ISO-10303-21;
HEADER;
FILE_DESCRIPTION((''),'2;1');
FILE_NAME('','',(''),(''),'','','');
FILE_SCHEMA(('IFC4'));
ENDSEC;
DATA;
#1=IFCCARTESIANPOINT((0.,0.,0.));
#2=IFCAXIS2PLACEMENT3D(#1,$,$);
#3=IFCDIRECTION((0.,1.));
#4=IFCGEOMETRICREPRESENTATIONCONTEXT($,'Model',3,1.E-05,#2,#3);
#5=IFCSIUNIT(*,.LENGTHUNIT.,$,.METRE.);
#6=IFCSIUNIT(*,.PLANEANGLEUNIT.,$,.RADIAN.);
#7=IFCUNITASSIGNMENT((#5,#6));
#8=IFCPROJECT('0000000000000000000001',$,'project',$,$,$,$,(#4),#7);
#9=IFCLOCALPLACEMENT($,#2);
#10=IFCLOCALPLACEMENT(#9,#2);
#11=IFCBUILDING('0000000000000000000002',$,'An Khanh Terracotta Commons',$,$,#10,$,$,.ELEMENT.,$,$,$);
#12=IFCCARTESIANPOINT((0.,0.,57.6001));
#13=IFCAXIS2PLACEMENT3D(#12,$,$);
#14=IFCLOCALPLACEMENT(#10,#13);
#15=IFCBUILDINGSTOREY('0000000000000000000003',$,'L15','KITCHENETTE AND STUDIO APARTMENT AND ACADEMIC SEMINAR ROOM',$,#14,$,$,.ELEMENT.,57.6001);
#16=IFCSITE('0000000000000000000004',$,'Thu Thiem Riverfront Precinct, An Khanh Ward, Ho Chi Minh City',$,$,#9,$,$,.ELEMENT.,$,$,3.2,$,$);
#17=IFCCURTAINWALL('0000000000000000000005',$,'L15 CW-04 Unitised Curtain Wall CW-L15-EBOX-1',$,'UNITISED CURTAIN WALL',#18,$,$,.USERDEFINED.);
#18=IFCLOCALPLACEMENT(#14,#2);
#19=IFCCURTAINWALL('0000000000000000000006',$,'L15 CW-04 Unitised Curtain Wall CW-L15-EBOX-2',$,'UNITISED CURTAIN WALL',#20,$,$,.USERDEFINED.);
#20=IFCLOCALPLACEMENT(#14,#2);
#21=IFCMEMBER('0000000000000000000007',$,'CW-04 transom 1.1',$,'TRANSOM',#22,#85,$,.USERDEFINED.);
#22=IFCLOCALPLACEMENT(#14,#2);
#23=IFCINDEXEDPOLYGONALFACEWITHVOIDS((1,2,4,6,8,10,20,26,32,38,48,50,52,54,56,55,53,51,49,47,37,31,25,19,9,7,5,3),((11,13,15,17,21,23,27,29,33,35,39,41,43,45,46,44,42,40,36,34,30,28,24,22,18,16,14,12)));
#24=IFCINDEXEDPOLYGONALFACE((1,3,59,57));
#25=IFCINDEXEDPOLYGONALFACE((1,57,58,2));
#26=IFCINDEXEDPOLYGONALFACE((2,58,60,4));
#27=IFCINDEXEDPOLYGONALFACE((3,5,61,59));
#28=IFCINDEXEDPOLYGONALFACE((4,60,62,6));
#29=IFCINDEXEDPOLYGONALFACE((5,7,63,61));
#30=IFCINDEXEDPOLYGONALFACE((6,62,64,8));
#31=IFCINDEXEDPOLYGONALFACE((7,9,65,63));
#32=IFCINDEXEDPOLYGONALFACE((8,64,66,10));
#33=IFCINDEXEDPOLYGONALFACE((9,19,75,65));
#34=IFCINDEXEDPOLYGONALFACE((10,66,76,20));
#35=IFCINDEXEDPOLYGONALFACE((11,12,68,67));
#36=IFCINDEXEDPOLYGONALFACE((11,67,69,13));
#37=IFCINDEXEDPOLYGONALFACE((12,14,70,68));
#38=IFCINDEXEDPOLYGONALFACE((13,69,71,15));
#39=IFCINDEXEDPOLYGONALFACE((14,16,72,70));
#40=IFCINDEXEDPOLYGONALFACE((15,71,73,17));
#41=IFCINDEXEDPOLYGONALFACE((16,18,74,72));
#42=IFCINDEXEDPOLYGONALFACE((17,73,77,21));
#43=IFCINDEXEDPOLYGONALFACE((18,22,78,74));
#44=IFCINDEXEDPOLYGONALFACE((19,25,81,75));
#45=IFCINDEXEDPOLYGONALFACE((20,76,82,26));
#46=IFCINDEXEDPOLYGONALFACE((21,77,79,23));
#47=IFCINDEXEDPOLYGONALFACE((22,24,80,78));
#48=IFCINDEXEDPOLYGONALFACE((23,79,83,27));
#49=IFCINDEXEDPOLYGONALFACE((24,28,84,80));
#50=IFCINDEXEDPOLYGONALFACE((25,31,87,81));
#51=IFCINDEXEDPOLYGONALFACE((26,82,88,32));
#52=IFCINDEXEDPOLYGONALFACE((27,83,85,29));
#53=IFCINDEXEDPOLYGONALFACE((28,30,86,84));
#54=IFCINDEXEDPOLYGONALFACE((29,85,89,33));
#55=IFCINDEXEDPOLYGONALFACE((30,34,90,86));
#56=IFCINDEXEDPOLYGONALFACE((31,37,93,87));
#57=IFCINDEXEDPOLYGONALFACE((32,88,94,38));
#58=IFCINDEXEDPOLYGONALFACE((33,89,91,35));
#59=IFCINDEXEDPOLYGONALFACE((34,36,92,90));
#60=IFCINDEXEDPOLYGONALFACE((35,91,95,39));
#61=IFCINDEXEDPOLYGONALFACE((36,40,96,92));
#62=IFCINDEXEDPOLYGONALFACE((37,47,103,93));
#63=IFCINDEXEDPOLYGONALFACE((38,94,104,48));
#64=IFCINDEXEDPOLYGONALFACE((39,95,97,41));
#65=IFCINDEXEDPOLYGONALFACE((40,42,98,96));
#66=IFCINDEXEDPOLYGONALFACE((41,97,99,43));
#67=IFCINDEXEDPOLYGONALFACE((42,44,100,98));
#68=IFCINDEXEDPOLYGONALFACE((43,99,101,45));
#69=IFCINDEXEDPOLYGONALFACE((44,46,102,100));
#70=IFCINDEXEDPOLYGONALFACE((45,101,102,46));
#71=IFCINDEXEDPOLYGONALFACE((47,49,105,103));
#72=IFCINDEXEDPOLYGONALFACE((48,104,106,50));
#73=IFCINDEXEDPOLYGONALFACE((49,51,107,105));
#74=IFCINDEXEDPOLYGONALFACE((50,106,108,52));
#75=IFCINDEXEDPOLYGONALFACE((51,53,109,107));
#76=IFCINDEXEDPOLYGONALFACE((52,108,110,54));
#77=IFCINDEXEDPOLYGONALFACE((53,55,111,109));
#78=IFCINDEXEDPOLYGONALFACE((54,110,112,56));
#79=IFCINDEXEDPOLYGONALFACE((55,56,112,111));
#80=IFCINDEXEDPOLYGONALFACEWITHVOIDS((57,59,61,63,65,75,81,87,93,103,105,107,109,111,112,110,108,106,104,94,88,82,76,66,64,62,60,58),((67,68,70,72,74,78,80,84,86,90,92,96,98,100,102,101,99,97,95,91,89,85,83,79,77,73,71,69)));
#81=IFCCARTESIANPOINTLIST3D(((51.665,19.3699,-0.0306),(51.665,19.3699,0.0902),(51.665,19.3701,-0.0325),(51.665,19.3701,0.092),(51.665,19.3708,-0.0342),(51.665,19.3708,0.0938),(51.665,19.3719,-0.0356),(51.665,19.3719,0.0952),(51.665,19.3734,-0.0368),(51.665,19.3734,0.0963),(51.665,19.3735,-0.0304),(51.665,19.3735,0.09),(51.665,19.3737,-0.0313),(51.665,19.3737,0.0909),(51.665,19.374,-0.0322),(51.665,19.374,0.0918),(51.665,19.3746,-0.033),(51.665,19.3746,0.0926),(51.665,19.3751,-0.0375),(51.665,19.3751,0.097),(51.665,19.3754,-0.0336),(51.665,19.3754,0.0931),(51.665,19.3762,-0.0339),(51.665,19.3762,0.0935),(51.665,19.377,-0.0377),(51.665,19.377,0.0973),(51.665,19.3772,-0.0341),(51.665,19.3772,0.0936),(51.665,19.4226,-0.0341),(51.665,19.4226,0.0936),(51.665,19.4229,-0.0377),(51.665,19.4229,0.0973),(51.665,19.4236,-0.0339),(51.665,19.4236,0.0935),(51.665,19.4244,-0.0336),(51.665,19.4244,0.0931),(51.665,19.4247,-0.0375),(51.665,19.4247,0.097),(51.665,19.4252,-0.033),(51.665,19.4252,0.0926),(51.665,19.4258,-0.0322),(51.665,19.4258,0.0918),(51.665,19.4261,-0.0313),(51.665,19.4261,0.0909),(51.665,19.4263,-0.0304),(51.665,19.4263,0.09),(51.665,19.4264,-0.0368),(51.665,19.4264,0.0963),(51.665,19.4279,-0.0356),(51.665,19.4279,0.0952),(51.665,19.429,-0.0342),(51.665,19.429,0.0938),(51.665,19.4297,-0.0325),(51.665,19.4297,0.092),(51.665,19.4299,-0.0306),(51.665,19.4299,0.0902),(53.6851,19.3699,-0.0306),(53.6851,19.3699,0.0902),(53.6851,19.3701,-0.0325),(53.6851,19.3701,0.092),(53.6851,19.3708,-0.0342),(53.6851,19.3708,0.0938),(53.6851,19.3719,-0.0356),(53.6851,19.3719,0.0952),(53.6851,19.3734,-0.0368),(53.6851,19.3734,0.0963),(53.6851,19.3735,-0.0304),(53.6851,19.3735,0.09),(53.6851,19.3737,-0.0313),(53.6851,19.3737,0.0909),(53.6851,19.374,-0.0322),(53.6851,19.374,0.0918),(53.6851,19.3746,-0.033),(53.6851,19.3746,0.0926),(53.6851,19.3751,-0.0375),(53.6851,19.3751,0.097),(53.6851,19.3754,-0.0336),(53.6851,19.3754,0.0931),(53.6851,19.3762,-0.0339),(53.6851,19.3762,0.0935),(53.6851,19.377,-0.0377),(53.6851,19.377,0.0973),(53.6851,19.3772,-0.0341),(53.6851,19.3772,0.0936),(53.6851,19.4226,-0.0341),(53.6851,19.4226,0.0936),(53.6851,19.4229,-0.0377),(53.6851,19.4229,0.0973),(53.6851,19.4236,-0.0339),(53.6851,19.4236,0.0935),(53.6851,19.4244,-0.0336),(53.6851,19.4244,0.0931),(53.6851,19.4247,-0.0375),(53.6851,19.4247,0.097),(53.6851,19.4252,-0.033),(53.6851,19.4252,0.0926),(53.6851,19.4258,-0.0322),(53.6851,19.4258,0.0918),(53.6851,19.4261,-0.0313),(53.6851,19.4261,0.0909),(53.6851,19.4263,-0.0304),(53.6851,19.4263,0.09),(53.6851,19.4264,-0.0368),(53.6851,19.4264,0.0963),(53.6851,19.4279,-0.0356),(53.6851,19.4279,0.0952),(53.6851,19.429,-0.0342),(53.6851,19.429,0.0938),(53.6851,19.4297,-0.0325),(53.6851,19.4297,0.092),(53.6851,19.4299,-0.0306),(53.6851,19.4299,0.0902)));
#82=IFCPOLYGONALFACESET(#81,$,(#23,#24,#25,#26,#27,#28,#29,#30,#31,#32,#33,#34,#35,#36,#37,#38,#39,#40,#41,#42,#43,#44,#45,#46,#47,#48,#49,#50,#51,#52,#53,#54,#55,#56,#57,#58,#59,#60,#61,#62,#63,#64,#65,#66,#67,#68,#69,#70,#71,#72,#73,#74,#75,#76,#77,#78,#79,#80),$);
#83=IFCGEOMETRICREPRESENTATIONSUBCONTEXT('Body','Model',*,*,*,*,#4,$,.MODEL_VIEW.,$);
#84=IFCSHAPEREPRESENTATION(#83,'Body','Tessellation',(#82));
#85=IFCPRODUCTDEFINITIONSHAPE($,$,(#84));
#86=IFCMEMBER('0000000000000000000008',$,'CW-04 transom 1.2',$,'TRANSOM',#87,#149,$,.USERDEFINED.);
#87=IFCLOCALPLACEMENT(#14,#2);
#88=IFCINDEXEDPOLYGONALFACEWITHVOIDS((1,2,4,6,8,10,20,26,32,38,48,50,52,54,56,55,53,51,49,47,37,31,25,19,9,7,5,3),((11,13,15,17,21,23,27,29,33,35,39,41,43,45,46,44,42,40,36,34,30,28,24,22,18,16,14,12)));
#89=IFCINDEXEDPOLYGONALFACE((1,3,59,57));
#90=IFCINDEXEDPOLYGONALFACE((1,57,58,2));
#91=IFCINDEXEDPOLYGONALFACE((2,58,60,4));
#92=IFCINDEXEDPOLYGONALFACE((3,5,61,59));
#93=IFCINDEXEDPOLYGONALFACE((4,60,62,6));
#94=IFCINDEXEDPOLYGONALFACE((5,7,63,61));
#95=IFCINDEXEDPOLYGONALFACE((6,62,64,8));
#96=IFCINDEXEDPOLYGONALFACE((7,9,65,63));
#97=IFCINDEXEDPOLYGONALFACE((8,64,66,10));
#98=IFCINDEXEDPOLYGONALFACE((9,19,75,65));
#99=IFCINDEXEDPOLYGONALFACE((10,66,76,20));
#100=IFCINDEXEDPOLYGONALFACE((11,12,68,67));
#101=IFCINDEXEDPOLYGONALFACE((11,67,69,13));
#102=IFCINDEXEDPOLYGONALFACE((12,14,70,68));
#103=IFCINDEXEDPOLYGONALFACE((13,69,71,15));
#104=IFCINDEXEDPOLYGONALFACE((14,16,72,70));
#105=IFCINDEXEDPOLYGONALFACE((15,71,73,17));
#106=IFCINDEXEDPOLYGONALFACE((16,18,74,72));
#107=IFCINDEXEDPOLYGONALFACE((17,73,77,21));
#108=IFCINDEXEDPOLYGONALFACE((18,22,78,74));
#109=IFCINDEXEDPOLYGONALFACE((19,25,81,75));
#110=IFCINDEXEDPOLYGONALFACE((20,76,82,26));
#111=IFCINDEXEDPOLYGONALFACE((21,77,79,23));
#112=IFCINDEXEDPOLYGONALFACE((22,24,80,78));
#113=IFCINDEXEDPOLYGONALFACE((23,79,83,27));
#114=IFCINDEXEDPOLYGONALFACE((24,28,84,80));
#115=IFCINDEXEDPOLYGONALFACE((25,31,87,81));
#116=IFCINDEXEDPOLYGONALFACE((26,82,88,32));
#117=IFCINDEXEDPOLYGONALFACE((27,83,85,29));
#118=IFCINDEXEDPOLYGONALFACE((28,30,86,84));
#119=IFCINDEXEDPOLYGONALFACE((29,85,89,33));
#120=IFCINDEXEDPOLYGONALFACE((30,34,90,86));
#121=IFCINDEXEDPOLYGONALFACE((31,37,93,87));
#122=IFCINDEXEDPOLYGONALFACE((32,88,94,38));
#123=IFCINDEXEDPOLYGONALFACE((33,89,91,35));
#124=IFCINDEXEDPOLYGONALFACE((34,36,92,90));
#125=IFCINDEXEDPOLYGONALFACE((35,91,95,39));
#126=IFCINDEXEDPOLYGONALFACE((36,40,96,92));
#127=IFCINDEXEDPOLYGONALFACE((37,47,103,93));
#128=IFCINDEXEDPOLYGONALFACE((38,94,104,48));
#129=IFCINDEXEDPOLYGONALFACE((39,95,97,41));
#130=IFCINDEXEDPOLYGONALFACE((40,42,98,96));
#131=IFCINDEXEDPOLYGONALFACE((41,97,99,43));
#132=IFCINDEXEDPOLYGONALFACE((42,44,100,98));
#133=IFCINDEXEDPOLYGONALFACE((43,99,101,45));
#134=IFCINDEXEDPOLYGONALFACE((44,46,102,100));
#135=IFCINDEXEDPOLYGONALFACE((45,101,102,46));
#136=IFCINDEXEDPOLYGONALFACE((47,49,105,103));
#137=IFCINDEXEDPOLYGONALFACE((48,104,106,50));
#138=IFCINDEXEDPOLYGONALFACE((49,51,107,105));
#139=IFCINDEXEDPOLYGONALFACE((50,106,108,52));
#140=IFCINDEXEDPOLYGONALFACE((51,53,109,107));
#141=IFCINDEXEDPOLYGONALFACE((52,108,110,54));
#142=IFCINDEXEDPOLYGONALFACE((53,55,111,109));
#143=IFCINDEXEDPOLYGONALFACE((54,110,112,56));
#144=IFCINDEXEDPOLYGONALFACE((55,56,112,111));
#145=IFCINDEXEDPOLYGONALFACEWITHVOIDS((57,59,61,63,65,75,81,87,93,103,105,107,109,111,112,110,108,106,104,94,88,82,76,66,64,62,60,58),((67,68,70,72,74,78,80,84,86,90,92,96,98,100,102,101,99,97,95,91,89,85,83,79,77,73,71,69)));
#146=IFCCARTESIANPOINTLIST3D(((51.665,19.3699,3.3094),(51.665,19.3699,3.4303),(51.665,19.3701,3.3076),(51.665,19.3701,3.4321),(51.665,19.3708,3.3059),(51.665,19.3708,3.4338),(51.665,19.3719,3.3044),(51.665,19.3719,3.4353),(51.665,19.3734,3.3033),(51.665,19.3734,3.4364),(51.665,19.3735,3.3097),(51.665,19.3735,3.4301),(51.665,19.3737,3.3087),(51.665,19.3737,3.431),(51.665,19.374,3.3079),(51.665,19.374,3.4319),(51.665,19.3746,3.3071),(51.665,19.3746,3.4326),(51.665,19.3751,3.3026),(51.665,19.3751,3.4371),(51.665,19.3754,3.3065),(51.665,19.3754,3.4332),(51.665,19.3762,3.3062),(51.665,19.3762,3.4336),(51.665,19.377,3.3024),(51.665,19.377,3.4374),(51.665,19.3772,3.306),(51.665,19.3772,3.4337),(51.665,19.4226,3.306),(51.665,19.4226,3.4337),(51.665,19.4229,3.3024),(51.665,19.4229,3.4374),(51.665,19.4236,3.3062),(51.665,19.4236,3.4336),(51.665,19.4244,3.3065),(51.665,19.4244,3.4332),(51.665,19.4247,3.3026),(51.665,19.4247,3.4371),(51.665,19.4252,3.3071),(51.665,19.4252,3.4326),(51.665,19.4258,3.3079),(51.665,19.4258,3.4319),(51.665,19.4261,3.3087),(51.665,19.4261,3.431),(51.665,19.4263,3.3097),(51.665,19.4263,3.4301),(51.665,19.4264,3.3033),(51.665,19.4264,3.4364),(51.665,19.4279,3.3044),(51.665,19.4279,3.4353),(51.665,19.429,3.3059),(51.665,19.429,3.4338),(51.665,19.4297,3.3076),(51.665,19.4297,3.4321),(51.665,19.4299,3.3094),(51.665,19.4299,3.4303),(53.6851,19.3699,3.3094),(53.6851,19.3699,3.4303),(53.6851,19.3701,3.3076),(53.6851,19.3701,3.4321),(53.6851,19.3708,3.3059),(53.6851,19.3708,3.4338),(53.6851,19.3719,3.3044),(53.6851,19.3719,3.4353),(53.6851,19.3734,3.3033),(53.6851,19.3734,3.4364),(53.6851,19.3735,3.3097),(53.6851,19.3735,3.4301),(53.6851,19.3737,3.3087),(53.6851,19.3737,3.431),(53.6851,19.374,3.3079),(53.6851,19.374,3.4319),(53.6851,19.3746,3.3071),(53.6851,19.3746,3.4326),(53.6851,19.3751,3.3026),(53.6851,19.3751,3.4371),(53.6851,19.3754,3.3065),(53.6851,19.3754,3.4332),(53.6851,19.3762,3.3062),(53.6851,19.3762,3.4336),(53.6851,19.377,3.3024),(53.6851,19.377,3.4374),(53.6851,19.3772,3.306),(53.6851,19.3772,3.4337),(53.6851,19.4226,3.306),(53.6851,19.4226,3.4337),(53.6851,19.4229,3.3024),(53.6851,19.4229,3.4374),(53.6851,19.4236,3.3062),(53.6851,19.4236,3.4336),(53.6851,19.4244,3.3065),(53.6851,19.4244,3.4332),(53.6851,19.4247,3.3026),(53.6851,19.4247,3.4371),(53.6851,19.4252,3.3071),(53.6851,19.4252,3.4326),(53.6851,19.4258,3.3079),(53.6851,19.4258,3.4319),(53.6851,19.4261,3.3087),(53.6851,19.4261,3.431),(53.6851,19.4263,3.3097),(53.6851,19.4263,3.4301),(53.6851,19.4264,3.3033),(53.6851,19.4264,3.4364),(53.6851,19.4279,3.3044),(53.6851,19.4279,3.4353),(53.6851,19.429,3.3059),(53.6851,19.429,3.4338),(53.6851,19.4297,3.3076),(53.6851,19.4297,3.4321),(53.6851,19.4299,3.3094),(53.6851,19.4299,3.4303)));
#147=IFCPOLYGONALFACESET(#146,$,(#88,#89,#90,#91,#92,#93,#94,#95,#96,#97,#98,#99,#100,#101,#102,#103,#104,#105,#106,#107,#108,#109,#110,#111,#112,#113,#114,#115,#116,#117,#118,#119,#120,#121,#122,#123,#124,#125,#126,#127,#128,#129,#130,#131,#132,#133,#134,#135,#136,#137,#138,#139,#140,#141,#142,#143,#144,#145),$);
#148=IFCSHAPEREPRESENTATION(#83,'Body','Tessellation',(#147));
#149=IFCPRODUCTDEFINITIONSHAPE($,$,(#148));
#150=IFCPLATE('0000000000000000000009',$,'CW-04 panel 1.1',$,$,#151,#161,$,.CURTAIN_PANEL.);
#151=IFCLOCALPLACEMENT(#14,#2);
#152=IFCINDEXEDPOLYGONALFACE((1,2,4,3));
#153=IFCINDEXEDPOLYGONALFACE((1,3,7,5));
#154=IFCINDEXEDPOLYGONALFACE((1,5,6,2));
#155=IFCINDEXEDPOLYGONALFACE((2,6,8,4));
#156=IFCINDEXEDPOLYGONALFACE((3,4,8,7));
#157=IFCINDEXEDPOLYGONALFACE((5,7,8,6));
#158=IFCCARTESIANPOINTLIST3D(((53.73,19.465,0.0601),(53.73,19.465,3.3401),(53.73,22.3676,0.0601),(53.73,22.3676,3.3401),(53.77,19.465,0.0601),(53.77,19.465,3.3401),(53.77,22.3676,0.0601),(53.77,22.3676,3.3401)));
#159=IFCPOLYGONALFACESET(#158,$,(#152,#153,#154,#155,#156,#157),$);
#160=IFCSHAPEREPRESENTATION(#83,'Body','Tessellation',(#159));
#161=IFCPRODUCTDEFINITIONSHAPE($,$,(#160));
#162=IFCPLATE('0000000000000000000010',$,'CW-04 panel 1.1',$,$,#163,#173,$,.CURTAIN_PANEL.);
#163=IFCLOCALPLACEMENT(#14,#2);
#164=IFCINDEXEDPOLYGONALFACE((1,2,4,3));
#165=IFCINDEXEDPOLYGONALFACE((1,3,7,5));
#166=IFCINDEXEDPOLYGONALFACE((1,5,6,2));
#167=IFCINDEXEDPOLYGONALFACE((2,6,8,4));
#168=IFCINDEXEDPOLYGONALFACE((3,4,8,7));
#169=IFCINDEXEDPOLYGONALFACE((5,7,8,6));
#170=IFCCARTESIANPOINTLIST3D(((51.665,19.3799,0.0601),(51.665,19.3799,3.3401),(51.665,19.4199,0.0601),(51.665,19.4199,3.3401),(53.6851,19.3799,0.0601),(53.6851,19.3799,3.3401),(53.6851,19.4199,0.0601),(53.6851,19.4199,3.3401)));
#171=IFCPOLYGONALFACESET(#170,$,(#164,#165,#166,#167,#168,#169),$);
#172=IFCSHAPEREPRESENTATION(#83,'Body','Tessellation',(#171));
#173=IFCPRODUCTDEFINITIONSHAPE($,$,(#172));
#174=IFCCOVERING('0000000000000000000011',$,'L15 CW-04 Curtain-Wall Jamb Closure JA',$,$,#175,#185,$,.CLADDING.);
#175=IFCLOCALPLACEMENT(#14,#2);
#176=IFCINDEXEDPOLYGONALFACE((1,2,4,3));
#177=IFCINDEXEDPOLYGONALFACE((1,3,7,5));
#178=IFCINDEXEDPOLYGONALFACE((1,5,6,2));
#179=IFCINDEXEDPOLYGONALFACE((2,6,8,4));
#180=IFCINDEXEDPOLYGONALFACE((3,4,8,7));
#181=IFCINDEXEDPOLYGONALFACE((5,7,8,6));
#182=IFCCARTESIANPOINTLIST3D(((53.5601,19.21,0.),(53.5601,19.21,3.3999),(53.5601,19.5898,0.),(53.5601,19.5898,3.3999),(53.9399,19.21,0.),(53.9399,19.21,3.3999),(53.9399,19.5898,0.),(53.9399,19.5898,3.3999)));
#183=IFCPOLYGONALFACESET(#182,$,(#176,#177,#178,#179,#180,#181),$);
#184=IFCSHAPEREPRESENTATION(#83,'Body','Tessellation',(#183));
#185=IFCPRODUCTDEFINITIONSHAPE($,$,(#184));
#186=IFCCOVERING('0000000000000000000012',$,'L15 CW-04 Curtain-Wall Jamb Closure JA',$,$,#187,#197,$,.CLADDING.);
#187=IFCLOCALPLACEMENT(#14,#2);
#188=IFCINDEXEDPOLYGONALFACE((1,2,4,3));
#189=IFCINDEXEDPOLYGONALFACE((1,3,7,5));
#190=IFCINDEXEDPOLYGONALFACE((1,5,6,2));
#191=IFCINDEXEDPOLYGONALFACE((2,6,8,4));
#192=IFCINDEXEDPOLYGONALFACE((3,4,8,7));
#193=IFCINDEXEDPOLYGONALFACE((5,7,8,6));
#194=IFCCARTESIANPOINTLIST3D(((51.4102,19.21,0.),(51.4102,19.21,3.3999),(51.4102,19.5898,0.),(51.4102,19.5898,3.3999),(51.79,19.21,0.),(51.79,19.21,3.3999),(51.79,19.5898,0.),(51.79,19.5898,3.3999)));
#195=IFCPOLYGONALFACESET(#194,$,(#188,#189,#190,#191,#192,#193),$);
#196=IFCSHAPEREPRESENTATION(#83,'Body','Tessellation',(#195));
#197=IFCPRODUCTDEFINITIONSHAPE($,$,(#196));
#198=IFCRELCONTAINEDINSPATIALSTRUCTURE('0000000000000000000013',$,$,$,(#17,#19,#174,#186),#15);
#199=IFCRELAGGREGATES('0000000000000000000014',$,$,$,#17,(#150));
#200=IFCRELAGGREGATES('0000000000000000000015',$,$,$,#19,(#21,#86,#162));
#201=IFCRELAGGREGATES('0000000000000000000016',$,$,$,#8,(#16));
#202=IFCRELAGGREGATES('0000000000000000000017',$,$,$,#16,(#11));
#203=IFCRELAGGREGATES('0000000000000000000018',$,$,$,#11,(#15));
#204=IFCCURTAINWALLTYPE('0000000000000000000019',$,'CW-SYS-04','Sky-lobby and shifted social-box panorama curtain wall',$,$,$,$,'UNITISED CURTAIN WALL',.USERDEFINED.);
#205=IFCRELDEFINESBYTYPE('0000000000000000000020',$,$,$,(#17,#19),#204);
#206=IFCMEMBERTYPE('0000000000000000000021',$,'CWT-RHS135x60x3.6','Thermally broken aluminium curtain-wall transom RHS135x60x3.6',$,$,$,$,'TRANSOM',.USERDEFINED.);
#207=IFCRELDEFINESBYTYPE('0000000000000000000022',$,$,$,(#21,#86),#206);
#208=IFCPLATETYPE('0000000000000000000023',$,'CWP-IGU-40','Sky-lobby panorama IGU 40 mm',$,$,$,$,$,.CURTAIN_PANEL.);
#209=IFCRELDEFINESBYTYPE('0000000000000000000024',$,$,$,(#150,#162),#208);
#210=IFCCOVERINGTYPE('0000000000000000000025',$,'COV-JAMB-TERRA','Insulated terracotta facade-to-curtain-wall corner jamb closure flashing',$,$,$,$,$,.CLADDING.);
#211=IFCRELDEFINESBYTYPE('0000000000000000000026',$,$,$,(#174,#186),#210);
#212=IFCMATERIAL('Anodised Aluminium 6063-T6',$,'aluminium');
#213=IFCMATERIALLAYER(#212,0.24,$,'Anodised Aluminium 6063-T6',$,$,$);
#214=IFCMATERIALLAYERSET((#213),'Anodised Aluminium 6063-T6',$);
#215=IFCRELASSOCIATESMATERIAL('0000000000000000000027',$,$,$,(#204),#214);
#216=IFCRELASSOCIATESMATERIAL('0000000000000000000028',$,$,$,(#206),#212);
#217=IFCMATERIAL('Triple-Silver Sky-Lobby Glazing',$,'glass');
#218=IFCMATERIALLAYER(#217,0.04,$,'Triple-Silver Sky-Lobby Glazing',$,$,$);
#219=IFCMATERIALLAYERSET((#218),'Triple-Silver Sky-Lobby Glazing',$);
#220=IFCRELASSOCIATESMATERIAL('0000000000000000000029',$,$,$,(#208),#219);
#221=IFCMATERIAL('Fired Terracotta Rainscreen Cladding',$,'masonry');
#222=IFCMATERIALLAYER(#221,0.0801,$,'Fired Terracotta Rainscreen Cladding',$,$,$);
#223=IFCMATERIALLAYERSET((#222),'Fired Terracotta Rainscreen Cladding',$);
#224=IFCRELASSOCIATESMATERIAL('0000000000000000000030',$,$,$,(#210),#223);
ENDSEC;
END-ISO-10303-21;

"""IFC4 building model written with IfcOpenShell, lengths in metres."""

from ifc_helpers import new_model, si_unit, direction, frame, origin, origin_2d, place, context, subcontext, project, spatial, rectangle, hollow_rectangle, extrude, material, layer, layer_set, material_profile, profile_set, type_object, element, aggregate, save


model = new_model("IFC4")

# Units and contexts
model_context = context("Model", 3, precision=1e-05, world=origin(), true_north=direction((0.0, 1.0)))
body_context = subcontext(model_context, "Body", "Model", "MODEL_VIEW")
ifc_project = project(units=[si_unit("LENGTHUNIT", "METRE"), si_unit("PLANEANGLEUNIT", "RADIAN")], contexts=[model_context])

# Site, building, storey
site_placement = place(None, origin())
site = spatial("IfcSite", under=ifc_project, at=site_placement, Name="Thu Thiem Riverfront Precinct, An Khanh Ward, Ho Chi Minh City", CompositionType="ELEMENT", RefElevation=3.2)
building_placement = place(site_placement, origin())
building = spatial("IfcBuilding", under=site, at=building_placement, Name="An Khanh Terracotta Commons", CompositionType="ELEMENT")
storey_placement = place(building_placement, frame((0.0, 0.0, 57.6001)))
storey = spatial("IfcBuildingStorey", under=building, at=storey_placement, Name="L15", Description="KITCHENETTE AND STUDIO APARTMENT AND ACADEMIC SEMINAR ROOM", CompositionType="ELEMENT", Elevation=57.6001)

# Curtain walls
ifc_material_1 = material(Name="Anodised Aluminium 6063-T6", Category="aluminium")
ifc_layer_1 = layer(ifc_material_1, 0.24, Name="Anodised Aluminium 6063-T6")
ifc_layer_set_1 = layer_set([ifc_layer_1], Name="Anodised Aluminium 6063-T6")
curtain_wall_type = type_object("IfcCurtainWallType", Name="CW-SYS-04", Description="Sky-lobby and shifted social-box panorama curtain wall", ElementType="UNITISED CURTAIN WALL", PredefinedType="USERDEFINED", material=ifc_layer_set_1)
curtain_wall_1_placement = place(storey_placement, origin())
curtain_wall_1 = element("IfcCurtainWall", 1, at=curtain_wall_1_placement, inside=storey, type_object=curtain_wall_type, Name="L15 CW-04 Unitised Curtain Wall CW-L15-EBOX-1", ObjectType="UNITISED CURTAIN WALL", PredefinedType="USERDEFINED")
curtain_wall_2_placement = place(storey_placement, origin())
curtain_wall_2 = element("IfcCurtainWall", 2, at=curtain_wall_2_placement, inside=storey, type_object=curtain_wall_type, Name="L15 CW-04 Unitised Curtain Wall CW-L15-EBOX-2", ObjectType="UNITISED CURTAIN WALL", PredefinedType="USERDEFINED")

# Members
ifc_material_profile_1 = material_profile(ifc_material_1, hollow_rectangle(XDim=0.0601, YDim=0.135, WallThickness=0.0037, InnerFilletRadius=0.0037, OuterFilletRadius=0.0071, at=origin_2d()), Name="RHS135x60x3.6")
ifc_profile_set_1 = profile_set([ifc_material_profile_1], Name="Anodised Aluminium 6063-T6")
member_type_1 = type_object("IfcMemberType", Name="CWT-RHS135x60x3.6", Description="Thermally broken aluminium curtain-wall transom RHS135x60x3.6", ElementType="TRANSOM", PredefinedType="USERDEFINED", material=ifc_profile_set_1)
member_1_placement = place(storey_placement, frame((51.665, 19.3999, 0.0298), z_axis=(1.0, 0.0, 0.0), x_axis=(0.0, 1.0, 0.0)))
member_1 = element("IfcMember", 3, at=member_1_placement, type_object=member_type_1, Name="CW-04 transom 1.1", ObjectType="TRANSOM", PredefinedType="USERDEFINED", context=body_context, shape_type="SweptSolid", body=[
    extrude(hollow_rectangle(XDim=0.0601, YDim=0.135, WallThickness=0.0037, InnerFilletRadius=0.0037, OuterFilletRadius=0.0071, at=origin_2d()), origin(), (0.0, 0.0, 1.0), 2.02),
])
member_2_placement = place(storey_placement, frame((51.665, 19.3999, 3.3699), z_axis=(1.0, 0.0, 0.0), x_axis=(0.0, 1.0, 0.0)))
member_2 = element("IfcMember", 4, at=member_2_placement, type_object=member_type_1, Name="CW-04 transom 1.2", ObjectType="TRANSOM", PredefinedType="USERDEFINED", context=body_context, shape_type="SweptSolid", body=[
    extrude(hollow_rectangle(XDim=0.0601, YDim=0.135, WallThickness=0.0037, InnerFilletRadius=0.0037, OuterFilletRadius=0.0071, at=origin_2d()), origin(), (0.0, 0.0, 1.0), 2.02),
])

# Plates
ifc_material_2 = material(Name="Triple-Silver Sky-Lobby Glazing", Category="glass")
ifc_layer_2 = layer(ifc_material_2, 0.04, Name="Triple-Silver Sky-Lobby Glazing")
ifc_layer_set_2 = layer_set([ifc_layer_2], Name="Triple-Silver Sky-Lobby Glazing")
plate_type = type_object("IfcPlateType", Name="CWP-IGU-40", Description="Sky-lobby panorama IGU 40 mm", PredefinedType="CURTAIN_PANEL", material=ifc_layer_set_2)
plate_1_placement = place(storey_placement, frame((53.75, 20.9163, 0.0601), z_axis=(0.0, 0.0, 1.0), x_axis=(0.0, 1.0, 0.0)))
plate_1 = element("IfcPlate", 5, at=plate_1_placement, type_object=plate_type, Name="CW-04 panel 1.1", PredefinedType="CURTAIN_PANEL", context=body_context, shape_type="SweptSolid", body=[
    extrude(rectangle(XDim=2.9026, YDim=0.04, at=origin_2d()), origin(), (0.0, 0.0, 1.0), 3.28),
])
aggregate(curtain_wall_1, [plate_1])
plate_2_placement = place(storey_placement, frame((52.675, 19.3999, 0.0601), z_axis=(0.0, 0.0, 1.0), x_axis=(1.0, 0.0, 0.0)))
plate_2 = element("IfcPlate", 6, at=plate_2_placement, type_object=plate_type, Name="CW-04 panel 1.1", PredefinedType="CURTAIN_PANEL", context=body_context, shape_type="SweptSolid", body=[
    extrude(rectangle(XDim=2.02, YDim=0.04, at=origin_2d()), origin(), (0.0, 0.0, 1.0), 3.28),
])
aggregate(curtain_wall_2, [member_1, member_2, plate_2])

# Coverings
ifc_material_3 = material(Name="Fired Terracotta Rainscreen Cladding", Category="masonry")
ifc_layer_3 = layer(ifc_material_3, 0.0801, Name="Fired Terracotta Rainscreen Cladding")
ifc_layer_set_3 = layer_set([ifc_layer_3], Name="Fired Terracotta Rainscreen Cladding")
covering_type = type_object("IfcCoveringType", Name="COV-JAMB-TERRA", Description="Insulated terracotta facade-to-curtain-wall corner jamb closure flashing", PredefinedType="CLADDING", material=ifc_layer_set_3)
for number, where, z_axis, x_axis, name in (
    (7, (53.75, 19.3999, 0.0), (0.0, 0.0, 1.0), (1.0, 0.0, 0.0), "L15 CW-04 Curtain-Wall Jamb Closure JA"),
    (8, (51.6001, 19.3999, 0.0), (0.0, 0.0, 1.0), (1.0, 0.0, 0.0), "L15 CW-04 Curtain-Wall Jamb Closure JA"),
):
    element("IfcCovering", number, at=place(storey_placement, frame(where, z_axis=z_axis, x_axis=x_axis)), inside=storey, type_object=covering_type, Name=name, PredefinedType="CLADDING", context=body_context, shape_type="SweptSolid", body=[
        extrude(rectangle(XDim=0.3799, YDim=0.3799, at=origin_2d()), origin(), (0.0, 0.0, 1.0), 3.3999),
    ])

save(model, "model.ifc")
